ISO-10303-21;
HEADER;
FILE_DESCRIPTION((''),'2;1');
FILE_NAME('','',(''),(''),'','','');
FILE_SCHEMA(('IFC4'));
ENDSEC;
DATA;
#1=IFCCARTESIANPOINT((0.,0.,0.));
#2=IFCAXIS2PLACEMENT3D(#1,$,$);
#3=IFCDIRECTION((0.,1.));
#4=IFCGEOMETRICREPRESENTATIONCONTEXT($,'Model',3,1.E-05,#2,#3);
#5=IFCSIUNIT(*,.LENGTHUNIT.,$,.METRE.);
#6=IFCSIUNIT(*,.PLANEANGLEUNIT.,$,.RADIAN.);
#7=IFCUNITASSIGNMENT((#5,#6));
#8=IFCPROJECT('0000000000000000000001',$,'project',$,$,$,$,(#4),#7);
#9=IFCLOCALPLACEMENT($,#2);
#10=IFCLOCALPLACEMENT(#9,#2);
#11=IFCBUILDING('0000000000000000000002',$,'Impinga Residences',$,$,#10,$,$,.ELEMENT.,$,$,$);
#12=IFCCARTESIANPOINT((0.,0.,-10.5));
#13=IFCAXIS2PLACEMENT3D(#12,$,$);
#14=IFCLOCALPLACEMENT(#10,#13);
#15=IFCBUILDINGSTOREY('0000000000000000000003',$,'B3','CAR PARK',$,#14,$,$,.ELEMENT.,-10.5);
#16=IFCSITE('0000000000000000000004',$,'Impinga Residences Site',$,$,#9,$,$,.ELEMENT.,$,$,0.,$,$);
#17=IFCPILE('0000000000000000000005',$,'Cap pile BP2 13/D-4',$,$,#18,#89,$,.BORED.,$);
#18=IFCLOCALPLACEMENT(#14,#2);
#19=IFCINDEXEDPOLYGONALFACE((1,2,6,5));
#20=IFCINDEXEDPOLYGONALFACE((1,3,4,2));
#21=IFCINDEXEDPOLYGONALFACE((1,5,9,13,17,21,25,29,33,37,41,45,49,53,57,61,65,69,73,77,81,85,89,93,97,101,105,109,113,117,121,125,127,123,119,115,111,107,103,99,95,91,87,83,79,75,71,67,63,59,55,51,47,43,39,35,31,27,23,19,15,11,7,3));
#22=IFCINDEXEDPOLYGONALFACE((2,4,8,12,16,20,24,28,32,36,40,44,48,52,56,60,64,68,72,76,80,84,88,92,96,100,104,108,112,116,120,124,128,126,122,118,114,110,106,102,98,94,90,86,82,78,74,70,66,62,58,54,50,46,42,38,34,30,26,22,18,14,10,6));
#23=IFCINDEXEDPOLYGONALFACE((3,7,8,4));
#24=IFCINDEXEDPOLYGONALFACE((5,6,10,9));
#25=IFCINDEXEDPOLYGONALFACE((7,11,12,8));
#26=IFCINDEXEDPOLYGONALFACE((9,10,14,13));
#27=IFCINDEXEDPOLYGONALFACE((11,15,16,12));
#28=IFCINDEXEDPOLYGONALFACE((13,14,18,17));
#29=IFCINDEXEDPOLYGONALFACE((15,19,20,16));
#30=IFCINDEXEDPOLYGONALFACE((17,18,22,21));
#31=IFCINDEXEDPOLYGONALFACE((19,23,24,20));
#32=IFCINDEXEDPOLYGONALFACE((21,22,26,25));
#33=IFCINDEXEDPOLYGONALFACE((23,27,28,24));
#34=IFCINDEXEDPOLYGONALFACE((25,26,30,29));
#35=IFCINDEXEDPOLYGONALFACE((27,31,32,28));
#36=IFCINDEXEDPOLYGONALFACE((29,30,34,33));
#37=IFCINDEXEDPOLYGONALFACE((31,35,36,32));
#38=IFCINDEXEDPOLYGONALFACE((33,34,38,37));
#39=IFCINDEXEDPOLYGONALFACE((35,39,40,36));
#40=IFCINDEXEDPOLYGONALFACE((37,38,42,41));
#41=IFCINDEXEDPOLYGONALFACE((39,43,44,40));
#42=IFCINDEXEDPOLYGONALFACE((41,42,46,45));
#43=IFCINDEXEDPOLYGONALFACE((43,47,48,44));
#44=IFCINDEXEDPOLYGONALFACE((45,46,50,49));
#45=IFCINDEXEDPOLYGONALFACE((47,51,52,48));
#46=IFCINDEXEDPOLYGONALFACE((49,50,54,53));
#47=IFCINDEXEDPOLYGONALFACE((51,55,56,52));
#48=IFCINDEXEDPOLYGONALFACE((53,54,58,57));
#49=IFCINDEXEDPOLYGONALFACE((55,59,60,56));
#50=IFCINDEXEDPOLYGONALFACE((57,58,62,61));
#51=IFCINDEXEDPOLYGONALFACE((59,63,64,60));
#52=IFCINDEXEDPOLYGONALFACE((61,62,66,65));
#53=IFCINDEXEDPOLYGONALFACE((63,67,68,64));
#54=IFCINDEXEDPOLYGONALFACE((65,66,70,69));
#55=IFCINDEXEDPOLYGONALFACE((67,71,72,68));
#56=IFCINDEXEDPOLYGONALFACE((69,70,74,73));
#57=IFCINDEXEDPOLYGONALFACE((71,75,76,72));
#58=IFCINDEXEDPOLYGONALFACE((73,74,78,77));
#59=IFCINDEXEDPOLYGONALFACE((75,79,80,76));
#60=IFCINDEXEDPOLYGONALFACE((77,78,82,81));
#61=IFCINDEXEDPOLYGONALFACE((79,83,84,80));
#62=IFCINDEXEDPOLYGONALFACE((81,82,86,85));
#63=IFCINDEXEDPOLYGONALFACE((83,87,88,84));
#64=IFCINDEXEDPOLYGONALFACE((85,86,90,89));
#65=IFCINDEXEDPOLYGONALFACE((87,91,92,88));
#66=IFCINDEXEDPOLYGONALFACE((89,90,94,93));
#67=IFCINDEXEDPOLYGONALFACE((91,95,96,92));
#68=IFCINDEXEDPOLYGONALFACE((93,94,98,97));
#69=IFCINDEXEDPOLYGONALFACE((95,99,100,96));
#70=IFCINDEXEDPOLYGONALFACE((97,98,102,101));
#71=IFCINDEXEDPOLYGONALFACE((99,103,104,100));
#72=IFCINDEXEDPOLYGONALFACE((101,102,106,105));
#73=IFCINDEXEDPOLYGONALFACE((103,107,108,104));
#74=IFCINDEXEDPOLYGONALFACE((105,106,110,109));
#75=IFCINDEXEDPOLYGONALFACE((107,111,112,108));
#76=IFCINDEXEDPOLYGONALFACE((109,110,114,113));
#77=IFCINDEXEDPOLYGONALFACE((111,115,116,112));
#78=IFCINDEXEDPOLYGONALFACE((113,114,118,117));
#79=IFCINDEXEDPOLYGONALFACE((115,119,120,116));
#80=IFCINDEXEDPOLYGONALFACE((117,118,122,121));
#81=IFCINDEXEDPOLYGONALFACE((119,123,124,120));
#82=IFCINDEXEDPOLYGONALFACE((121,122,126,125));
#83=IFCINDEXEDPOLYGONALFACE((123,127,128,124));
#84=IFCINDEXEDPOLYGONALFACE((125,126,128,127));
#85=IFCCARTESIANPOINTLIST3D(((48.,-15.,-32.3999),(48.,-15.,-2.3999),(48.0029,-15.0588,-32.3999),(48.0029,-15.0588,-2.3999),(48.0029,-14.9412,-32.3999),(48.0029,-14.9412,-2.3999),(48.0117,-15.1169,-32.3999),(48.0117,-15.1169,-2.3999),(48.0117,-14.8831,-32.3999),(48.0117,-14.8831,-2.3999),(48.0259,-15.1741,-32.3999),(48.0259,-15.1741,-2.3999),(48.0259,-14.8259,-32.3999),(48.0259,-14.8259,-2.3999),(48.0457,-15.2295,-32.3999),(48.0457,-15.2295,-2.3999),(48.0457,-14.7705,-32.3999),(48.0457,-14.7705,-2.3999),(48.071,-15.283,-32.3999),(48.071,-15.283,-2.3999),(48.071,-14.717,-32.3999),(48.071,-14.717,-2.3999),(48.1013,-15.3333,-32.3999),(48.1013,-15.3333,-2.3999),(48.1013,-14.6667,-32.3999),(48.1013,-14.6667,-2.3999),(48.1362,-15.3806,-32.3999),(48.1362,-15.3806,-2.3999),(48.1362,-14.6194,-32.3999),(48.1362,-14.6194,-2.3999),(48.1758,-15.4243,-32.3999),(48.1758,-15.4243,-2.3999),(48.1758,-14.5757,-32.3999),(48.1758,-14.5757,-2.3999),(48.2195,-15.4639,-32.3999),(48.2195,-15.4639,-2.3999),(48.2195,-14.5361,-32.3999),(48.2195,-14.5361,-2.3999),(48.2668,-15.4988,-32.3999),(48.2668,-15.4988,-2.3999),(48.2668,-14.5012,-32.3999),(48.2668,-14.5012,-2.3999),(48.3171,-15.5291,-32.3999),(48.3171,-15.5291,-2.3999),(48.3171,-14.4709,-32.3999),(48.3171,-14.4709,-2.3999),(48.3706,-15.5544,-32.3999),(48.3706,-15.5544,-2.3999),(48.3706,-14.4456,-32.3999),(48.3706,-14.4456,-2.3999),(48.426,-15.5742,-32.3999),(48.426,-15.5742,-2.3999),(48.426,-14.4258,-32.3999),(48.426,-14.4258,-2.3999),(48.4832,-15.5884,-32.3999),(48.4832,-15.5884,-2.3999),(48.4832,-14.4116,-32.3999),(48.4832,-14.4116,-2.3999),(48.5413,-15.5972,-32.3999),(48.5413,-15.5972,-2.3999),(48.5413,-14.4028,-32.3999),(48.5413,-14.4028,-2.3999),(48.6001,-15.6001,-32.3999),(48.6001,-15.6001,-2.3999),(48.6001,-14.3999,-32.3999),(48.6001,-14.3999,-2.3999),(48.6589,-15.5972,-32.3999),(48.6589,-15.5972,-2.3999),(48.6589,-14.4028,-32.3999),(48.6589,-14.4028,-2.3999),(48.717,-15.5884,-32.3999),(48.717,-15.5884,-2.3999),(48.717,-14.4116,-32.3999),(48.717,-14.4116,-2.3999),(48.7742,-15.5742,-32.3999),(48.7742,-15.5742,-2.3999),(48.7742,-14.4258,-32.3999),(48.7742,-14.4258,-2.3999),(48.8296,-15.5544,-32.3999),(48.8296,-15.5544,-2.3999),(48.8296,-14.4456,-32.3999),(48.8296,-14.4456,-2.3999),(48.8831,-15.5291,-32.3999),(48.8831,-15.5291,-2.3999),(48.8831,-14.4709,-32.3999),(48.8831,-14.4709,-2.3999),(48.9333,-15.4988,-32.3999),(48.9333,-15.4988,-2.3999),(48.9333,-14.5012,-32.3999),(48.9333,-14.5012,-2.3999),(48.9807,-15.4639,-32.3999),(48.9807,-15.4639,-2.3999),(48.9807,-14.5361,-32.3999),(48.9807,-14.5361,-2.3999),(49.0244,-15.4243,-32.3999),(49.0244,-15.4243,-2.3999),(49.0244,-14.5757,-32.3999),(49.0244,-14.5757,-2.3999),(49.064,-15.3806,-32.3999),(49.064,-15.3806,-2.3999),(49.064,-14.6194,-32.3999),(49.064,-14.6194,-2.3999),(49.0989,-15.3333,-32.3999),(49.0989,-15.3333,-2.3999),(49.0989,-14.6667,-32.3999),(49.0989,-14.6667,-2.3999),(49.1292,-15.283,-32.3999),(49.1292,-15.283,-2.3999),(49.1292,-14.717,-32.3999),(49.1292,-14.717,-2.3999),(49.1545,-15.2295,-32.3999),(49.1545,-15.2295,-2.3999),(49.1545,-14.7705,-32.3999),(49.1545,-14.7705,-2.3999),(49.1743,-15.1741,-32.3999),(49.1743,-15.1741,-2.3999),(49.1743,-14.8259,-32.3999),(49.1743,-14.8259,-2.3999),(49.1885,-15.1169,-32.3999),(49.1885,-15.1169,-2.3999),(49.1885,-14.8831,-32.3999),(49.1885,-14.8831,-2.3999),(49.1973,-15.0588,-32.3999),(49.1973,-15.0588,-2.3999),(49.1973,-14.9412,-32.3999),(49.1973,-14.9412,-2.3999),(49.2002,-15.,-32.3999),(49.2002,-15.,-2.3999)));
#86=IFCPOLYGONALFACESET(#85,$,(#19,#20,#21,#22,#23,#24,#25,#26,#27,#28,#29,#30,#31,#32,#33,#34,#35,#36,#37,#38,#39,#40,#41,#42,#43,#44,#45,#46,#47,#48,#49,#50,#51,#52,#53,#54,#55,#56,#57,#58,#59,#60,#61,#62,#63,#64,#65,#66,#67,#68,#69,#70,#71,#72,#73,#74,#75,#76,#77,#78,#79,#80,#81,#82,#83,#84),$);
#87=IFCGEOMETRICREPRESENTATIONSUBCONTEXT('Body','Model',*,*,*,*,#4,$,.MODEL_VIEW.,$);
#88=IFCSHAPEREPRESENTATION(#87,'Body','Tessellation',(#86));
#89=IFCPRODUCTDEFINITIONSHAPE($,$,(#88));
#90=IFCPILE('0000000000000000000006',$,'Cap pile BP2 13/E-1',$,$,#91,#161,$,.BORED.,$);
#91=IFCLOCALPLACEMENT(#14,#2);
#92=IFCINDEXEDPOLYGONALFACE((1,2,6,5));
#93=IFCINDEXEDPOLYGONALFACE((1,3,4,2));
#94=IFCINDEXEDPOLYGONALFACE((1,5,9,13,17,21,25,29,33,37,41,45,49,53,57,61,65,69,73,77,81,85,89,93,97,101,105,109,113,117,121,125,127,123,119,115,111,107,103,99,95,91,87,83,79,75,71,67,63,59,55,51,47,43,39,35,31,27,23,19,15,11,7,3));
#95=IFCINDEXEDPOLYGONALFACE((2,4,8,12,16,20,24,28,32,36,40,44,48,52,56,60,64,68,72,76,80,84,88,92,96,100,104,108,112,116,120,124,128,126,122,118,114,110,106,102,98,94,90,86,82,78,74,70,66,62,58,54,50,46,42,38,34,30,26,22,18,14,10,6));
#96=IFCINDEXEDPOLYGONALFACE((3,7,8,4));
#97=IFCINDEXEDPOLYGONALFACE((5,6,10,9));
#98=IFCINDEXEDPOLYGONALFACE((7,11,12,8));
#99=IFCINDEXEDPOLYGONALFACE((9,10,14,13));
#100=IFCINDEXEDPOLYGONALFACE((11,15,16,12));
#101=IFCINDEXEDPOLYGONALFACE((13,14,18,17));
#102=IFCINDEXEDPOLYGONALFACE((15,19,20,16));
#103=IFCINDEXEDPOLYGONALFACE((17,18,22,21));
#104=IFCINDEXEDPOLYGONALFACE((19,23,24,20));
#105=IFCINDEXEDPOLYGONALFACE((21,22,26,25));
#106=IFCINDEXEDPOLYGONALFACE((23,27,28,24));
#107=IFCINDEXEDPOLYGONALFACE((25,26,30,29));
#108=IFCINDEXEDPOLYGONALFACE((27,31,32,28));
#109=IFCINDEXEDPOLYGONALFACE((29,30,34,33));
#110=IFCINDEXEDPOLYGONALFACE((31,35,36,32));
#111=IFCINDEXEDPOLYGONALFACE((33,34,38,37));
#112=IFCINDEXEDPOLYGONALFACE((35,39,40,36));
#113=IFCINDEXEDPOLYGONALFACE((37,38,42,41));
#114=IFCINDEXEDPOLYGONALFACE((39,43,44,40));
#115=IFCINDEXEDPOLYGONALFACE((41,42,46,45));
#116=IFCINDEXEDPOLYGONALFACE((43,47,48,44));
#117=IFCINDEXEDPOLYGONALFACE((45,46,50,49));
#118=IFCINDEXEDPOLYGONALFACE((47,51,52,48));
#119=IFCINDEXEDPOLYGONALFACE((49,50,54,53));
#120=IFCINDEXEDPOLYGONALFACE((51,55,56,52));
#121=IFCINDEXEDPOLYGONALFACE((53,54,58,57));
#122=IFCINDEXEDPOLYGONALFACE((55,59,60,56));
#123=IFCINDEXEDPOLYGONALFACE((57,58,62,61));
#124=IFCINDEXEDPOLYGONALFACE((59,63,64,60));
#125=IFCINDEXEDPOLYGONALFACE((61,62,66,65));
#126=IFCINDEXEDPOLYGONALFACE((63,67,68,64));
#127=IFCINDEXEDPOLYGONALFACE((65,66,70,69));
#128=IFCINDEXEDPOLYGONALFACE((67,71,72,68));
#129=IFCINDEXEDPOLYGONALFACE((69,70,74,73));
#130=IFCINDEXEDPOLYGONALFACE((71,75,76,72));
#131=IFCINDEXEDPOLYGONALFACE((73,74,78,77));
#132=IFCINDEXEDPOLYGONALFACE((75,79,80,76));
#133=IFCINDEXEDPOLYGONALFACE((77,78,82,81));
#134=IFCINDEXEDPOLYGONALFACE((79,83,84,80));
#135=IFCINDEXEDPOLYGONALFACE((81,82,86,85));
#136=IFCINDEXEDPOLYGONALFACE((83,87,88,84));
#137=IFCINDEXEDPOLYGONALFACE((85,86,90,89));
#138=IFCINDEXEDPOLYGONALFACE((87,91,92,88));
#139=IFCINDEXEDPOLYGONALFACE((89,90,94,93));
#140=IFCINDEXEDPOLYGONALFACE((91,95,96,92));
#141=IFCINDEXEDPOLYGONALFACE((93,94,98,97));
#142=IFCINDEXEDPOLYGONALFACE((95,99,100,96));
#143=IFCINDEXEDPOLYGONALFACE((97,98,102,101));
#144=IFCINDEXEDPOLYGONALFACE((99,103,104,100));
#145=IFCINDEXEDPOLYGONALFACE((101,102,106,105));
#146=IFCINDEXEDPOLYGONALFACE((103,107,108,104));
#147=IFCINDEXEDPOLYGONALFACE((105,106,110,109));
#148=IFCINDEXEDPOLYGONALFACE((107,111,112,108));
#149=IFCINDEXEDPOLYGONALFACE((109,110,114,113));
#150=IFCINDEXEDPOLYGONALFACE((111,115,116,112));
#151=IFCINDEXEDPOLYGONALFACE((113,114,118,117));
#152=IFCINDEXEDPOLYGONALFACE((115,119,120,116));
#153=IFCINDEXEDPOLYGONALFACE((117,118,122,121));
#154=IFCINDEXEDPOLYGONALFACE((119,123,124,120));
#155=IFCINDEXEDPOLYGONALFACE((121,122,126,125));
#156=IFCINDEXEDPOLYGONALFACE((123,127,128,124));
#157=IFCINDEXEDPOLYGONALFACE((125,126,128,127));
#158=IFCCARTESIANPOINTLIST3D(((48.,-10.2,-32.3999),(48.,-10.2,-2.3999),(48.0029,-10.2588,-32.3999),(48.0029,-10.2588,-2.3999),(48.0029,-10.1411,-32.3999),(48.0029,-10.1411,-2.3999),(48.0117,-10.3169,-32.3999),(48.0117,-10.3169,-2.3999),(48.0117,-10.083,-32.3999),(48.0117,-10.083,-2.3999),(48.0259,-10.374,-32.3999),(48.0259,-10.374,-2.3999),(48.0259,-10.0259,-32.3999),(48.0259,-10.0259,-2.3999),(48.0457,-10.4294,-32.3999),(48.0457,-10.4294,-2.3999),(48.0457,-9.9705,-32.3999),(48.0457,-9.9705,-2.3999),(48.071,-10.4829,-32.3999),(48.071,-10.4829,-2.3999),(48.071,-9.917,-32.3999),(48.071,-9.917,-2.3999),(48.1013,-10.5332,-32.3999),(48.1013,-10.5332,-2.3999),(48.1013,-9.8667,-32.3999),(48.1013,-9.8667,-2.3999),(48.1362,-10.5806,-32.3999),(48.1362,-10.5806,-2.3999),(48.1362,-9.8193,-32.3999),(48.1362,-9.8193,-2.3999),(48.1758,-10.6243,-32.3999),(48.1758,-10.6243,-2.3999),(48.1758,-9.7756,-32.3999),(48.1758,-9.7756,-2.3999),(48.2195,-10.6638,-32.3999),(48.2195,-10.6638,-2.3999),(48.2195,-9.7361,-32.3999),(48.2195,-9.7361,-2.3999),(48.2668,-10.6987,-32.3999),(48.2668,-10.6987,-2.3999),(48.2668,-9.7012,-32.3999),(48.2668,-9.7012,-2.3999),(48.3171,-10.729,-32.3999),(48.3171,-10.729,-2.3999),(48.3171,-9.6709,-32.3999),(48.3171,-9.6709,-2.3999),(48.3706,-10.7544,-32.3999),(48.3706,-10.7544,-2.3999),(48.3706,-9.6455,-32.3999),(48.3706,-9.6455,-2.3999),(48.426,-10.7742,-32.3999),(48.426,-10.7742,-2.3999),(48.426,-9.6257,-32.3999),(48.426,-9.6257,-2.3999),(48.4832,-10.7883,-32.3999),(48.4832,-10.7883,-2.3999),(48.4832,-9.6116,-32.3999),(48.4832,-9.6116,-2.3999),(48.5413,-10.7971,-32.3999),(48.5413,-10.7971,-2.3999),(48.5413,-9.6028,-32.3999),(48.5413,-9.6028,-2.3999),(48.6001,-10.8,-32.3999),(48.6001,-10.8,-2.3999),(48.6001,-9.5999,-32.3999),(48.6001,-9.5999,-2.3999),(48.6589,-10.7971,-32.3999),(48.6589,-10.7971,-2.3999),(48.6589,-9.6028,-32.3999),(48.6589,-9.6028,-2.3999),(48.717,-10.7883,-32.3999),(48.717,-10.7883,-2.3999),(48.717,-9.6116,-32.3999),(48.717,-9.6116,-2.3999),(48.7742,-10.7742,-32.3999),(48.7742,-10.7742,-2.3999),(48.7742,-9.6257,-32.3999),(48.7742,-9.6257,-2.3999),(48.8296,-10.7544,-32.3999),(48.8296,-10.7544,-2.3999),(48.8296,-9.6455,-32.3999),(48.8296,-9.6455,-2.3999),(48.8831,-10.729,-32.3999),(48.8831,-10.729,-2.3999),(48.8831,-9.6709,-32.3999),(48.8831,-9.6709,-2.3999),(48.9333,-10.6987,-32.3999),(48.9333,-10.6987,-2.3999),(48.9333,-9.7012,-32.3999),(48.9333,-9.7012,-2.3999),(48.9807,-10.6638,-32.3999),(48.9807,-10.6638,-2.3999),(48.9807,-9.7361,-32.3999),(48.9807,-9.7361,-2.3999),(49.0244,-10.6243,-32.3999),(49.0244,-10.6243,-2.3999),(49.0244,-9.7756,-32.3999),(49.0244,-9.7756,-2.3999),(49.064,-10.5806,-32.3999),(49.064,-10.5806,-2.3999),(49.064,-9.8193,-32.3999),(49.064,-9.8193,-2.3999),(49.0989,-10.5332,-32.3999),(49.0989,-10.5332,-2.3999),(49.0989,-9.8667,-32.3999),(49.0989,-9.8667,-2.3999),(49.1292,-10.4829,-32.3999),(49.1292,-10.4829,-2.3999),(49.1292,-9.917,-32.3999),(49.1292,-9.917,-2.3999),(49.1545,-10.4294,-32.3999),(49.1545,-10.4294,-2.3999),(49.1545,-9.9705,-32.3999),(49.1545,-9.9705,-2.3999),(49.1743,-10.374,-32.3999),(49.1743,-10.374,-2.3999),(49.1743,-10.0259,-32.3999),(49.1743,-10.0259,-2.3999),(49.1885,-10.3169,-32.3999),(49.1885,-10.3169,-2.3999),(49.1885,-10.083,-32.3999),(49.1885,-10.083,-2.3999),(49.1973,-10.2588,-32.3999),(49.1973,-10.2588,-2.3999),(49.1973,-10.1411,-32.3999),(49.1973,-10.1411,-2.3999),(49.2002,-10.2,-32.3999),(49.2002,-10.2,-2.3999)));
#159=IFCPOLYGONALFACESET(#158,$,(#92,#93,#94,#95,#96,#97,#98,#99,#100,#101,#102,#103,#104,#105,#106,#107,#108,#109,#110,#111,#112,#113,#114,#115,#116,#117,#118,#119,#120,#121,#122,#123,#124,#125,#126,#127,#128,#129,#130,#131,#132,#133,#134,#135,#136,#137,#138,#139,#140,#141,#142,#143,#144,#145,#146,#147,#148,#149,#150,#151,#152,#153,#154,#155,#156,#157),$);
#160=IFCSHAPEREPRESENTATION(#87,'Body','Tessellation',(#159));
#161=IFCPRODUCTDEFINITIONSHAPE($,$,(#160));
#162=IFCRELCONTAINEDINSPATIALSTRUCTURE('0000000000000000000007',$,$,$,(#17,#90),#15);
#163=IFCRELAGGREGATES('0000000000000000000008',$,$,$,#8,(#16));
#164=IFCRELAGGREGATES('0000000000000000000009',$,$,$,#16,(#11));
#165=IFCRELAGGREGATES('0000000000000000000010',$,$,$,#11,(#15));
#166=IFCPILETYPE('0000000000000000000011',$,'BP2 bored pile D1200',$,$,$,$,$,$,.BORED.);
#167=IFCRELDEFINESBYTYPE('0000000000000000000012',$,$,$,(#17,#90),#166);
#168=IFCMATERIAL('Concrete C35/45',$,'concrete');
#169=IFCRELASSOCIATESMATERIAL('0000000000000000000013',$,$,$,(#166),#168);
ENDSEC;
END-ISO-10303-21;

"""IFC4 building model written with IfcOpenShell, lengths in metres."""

from ifc_helpers import new_model, si_unit, direction, frame, origin, origin_2d, place, context, subcontext, project, spatial, polyline, circle, outline, extrude, material, material_profile, profile_set, type_object, element, save


model = new_model("IFC4")

# Units and contexts
model_context = context("Model", 3, precision=1e-05, world=origin(), true_north=direction((0.0, 1.0)))
body_context = subcontext(model_context, "Body", "Model", "MODEL_VIEW")
ifc_project = project(units=[si_unit("LENGTHUNIT", "METRE"), si_unit("PLANEANGLEUNIT", "RADIAN")], contexts=[model_context])

# Site, building, storey
site_placement = place(None, origin())
site = spatial("IfcSite", under=ifc_project, at=site_placement, Name="Impinga Residences Site", CompositionType="ELEMENT", RefElevation=0.0)
building_placement = place(site_placement, origin())
building = spatial("IfcBuilding", under=site, at=building_placement, Name="Impinga Residences", CompositionType="ELEMENT")
storey_placement = place(building_placement, frame((0.0, 0.0, -10.5)))
storey = spatial("IfcBuildingStorey", under=building, at=storey_placement, Name="B3", Description="CAR PARK", CompositionType="ELEMENT", Elevation=-10.5)

# Piles
ifc_material_1 = material(Name="Concrete C35/45", Category="concrete")
ifc_material_profile_1 = material_profile(ifc_material_1, circle(Radius=0.6001, at=origin_2d()), Name="D1200")
ifc_profile_set_1 = profile_set([ifc_material_profile_1], Name="Concrete C35/45")
pile_type_1 = type_object("IfcPileType", Name="BP2 bored pile D1200", PredefinedType="BORED", material=ifc_profile_set_1)
pile_1_placement = place(storey_placement, frame((48.6001, -15.0, -2.3999), z_axis=(0.0, 0.0, -1.0), x_axis=(1.0, 0.0, 0.0)))
element("IfcPile", 1, at=pile_1_placement, inside=storey, type_object=pile_type_1, Name="Cap pile BP2 13/D-4", PredefinedType="BORED", context=body_context, shape_type="SweptSolid", body=[
    extrude(outline(polyline([(0.6001, 0.0), (0.5972, 0.0588), (0.5884, 0.1169), (0.5742, 0.1741), (0.5544, 0.2295), (0.5291, 0.283), (0.4988, 0.3333), (0.4639, 0.3806), (0.4243, 0.4243), (0.3806, 0.4639), (0.3333, 0.4988), (0.283, 0.5291), (0.2295, 0.5544), (0.1741, 0.5742), (0.1169, 0.5884), (0.0588, 0.5972), (0.0, 0.6001), (-0.0588, 0.5972), (-0.1169, 0.5884), (-0.1741, 0.5742), (-0.2295, 0.5544), (-0.283, 0.5291), (-0.3333, 0.4988), (-0.3806, 0.4639), (-0.4243, 0.4243), (-0.4639, 0.3806), (-0.4988, 0.3333), (-0.5291, 0.283), (-0.5544, 0.2295), (-0.5742, 0.1741), (-0.5884, 0.1169), (-0.5972, 0.0588), (-0.6001, 0.0), (-0.5972, -0.0588), (-0.5884, -0.1169), (-0.5742, -0.1741), (-0.5544, -0.2295), (-0.5291, -0.283), (-0.4988, -0.3333), (-0.4639, -0.3806), (-0.4243, -0.4243), (-0.3806, -0.4639), (-0.3333, -0.4988), (-0.283, -0.5291), (-0.2295, -0.5544), (-0.1741, -0.5742), (-0.1169, -0.5884), (-0.0588, -0.5972), (0.0, -0.6001), (0.0588, -0.5972), (0.1169, -0.5884), (0.1741, -0.5742), (0.2295, -0.5544), (0.283, -0.5291), (0.3333, -0.4988), (0.3806, -0.4639), (0.4243, -0.4243), (0.4639, -0.3806), (0.4988, -0.3333), (0.5291, -0.283), (0.5544, -0.2295), (0.5742, -0.1741), (0.5884, -0.1169), (0.5972, -0.0588), (0.6001, 0.0)])), origin(), (0.0, 0.0, 1.0), 30.0),
])
pile_2_placement = place(storey_placement, frame((48.6001, -10.2, -2.3999), z_axis=(0.0, 0.0, -1.0), x_axis=(1.0, 0.0, 0.0)))
element("IfcPile", 2, at=pile_2_placement, inside=storey, type_object=pile_type_1, Name="Cap pile BP2 13/E-1", PredefinedType="BORED", context=body_context, shape_type="SweptSolid", body=[
    extrude(outline(polyline([(0.6001, 0.0), (0.5972, 0.0588), (0.5884, 0.1169), (0.5742, 0.1741), (0.5544, 0.2295), (0.5291, 0.283), (0.4988, 0.3333), (0.4639, 0.3806), (0.4243, 0.4243), (0.3806, 0.4639), (0.3333, 0.4988), (0.283, 0.5291), (0.2295, 0.5544), (0.1741, 0.5742), (0.1169, 0.5884), (0.0588, 0.5972), (0.0, 0.6001), (-0.0588, 0.5972), (-0.1169, 0.5884), (-0.1741, 0.5742), (-0.2295, 0.5544), (-0.283, 0.5291), (-0.3333, 0.4988), (-0.3806, 0.4639), (-0.4243, 0.4243), (-0.4639, 0.3806), (-0.4988, 0.3333), (-0.5291, 0.283), (-0.5544, 0.2295), (-0.5742, 0.1741), (-0.5884, 0.1169), (-0.5972, 0.0588), (-0.6001, 0.0), (-0.5972, -0.0588), (-0.5884, -0.1169), (-0.5742, -0.1741), (-0.5544, -0.2295), (-0.5291, -0.283), (-0.4988, -0.3333), (-0.4639, -0.3806), (-0.4243, -0.4243), (-0.3806, -0.4639), (-0.3333, -0.4988), (-0.283, -0.5291), (-0.2295, -0.5544), (-0.1741, -0.5742), (-0.1169, -0.5884), (-0.0588, -0.5972), (0.0, -0.6001), (0.0588, -0.5972), (0.1169, -0.5884), (0.1741, -0.5742), (0.2295, -0.5544), (0.283, -0.5291), (0.3333, -0.4988), (0.3806, -0.4639), (0.4243, -0.4243), (0.4639, -0.3806), (0.4988, -0.3333), (0.5291, -0.283), (0.5544, -0.2295), (0.5742, -0.1741), (0.5884, -0.1169), (0.5972, -0.0588), (0.6001, 0.0)])), origin(), (0.0, 0.0, 1.0), 30.0),
])

save(model, "model.ifc")
